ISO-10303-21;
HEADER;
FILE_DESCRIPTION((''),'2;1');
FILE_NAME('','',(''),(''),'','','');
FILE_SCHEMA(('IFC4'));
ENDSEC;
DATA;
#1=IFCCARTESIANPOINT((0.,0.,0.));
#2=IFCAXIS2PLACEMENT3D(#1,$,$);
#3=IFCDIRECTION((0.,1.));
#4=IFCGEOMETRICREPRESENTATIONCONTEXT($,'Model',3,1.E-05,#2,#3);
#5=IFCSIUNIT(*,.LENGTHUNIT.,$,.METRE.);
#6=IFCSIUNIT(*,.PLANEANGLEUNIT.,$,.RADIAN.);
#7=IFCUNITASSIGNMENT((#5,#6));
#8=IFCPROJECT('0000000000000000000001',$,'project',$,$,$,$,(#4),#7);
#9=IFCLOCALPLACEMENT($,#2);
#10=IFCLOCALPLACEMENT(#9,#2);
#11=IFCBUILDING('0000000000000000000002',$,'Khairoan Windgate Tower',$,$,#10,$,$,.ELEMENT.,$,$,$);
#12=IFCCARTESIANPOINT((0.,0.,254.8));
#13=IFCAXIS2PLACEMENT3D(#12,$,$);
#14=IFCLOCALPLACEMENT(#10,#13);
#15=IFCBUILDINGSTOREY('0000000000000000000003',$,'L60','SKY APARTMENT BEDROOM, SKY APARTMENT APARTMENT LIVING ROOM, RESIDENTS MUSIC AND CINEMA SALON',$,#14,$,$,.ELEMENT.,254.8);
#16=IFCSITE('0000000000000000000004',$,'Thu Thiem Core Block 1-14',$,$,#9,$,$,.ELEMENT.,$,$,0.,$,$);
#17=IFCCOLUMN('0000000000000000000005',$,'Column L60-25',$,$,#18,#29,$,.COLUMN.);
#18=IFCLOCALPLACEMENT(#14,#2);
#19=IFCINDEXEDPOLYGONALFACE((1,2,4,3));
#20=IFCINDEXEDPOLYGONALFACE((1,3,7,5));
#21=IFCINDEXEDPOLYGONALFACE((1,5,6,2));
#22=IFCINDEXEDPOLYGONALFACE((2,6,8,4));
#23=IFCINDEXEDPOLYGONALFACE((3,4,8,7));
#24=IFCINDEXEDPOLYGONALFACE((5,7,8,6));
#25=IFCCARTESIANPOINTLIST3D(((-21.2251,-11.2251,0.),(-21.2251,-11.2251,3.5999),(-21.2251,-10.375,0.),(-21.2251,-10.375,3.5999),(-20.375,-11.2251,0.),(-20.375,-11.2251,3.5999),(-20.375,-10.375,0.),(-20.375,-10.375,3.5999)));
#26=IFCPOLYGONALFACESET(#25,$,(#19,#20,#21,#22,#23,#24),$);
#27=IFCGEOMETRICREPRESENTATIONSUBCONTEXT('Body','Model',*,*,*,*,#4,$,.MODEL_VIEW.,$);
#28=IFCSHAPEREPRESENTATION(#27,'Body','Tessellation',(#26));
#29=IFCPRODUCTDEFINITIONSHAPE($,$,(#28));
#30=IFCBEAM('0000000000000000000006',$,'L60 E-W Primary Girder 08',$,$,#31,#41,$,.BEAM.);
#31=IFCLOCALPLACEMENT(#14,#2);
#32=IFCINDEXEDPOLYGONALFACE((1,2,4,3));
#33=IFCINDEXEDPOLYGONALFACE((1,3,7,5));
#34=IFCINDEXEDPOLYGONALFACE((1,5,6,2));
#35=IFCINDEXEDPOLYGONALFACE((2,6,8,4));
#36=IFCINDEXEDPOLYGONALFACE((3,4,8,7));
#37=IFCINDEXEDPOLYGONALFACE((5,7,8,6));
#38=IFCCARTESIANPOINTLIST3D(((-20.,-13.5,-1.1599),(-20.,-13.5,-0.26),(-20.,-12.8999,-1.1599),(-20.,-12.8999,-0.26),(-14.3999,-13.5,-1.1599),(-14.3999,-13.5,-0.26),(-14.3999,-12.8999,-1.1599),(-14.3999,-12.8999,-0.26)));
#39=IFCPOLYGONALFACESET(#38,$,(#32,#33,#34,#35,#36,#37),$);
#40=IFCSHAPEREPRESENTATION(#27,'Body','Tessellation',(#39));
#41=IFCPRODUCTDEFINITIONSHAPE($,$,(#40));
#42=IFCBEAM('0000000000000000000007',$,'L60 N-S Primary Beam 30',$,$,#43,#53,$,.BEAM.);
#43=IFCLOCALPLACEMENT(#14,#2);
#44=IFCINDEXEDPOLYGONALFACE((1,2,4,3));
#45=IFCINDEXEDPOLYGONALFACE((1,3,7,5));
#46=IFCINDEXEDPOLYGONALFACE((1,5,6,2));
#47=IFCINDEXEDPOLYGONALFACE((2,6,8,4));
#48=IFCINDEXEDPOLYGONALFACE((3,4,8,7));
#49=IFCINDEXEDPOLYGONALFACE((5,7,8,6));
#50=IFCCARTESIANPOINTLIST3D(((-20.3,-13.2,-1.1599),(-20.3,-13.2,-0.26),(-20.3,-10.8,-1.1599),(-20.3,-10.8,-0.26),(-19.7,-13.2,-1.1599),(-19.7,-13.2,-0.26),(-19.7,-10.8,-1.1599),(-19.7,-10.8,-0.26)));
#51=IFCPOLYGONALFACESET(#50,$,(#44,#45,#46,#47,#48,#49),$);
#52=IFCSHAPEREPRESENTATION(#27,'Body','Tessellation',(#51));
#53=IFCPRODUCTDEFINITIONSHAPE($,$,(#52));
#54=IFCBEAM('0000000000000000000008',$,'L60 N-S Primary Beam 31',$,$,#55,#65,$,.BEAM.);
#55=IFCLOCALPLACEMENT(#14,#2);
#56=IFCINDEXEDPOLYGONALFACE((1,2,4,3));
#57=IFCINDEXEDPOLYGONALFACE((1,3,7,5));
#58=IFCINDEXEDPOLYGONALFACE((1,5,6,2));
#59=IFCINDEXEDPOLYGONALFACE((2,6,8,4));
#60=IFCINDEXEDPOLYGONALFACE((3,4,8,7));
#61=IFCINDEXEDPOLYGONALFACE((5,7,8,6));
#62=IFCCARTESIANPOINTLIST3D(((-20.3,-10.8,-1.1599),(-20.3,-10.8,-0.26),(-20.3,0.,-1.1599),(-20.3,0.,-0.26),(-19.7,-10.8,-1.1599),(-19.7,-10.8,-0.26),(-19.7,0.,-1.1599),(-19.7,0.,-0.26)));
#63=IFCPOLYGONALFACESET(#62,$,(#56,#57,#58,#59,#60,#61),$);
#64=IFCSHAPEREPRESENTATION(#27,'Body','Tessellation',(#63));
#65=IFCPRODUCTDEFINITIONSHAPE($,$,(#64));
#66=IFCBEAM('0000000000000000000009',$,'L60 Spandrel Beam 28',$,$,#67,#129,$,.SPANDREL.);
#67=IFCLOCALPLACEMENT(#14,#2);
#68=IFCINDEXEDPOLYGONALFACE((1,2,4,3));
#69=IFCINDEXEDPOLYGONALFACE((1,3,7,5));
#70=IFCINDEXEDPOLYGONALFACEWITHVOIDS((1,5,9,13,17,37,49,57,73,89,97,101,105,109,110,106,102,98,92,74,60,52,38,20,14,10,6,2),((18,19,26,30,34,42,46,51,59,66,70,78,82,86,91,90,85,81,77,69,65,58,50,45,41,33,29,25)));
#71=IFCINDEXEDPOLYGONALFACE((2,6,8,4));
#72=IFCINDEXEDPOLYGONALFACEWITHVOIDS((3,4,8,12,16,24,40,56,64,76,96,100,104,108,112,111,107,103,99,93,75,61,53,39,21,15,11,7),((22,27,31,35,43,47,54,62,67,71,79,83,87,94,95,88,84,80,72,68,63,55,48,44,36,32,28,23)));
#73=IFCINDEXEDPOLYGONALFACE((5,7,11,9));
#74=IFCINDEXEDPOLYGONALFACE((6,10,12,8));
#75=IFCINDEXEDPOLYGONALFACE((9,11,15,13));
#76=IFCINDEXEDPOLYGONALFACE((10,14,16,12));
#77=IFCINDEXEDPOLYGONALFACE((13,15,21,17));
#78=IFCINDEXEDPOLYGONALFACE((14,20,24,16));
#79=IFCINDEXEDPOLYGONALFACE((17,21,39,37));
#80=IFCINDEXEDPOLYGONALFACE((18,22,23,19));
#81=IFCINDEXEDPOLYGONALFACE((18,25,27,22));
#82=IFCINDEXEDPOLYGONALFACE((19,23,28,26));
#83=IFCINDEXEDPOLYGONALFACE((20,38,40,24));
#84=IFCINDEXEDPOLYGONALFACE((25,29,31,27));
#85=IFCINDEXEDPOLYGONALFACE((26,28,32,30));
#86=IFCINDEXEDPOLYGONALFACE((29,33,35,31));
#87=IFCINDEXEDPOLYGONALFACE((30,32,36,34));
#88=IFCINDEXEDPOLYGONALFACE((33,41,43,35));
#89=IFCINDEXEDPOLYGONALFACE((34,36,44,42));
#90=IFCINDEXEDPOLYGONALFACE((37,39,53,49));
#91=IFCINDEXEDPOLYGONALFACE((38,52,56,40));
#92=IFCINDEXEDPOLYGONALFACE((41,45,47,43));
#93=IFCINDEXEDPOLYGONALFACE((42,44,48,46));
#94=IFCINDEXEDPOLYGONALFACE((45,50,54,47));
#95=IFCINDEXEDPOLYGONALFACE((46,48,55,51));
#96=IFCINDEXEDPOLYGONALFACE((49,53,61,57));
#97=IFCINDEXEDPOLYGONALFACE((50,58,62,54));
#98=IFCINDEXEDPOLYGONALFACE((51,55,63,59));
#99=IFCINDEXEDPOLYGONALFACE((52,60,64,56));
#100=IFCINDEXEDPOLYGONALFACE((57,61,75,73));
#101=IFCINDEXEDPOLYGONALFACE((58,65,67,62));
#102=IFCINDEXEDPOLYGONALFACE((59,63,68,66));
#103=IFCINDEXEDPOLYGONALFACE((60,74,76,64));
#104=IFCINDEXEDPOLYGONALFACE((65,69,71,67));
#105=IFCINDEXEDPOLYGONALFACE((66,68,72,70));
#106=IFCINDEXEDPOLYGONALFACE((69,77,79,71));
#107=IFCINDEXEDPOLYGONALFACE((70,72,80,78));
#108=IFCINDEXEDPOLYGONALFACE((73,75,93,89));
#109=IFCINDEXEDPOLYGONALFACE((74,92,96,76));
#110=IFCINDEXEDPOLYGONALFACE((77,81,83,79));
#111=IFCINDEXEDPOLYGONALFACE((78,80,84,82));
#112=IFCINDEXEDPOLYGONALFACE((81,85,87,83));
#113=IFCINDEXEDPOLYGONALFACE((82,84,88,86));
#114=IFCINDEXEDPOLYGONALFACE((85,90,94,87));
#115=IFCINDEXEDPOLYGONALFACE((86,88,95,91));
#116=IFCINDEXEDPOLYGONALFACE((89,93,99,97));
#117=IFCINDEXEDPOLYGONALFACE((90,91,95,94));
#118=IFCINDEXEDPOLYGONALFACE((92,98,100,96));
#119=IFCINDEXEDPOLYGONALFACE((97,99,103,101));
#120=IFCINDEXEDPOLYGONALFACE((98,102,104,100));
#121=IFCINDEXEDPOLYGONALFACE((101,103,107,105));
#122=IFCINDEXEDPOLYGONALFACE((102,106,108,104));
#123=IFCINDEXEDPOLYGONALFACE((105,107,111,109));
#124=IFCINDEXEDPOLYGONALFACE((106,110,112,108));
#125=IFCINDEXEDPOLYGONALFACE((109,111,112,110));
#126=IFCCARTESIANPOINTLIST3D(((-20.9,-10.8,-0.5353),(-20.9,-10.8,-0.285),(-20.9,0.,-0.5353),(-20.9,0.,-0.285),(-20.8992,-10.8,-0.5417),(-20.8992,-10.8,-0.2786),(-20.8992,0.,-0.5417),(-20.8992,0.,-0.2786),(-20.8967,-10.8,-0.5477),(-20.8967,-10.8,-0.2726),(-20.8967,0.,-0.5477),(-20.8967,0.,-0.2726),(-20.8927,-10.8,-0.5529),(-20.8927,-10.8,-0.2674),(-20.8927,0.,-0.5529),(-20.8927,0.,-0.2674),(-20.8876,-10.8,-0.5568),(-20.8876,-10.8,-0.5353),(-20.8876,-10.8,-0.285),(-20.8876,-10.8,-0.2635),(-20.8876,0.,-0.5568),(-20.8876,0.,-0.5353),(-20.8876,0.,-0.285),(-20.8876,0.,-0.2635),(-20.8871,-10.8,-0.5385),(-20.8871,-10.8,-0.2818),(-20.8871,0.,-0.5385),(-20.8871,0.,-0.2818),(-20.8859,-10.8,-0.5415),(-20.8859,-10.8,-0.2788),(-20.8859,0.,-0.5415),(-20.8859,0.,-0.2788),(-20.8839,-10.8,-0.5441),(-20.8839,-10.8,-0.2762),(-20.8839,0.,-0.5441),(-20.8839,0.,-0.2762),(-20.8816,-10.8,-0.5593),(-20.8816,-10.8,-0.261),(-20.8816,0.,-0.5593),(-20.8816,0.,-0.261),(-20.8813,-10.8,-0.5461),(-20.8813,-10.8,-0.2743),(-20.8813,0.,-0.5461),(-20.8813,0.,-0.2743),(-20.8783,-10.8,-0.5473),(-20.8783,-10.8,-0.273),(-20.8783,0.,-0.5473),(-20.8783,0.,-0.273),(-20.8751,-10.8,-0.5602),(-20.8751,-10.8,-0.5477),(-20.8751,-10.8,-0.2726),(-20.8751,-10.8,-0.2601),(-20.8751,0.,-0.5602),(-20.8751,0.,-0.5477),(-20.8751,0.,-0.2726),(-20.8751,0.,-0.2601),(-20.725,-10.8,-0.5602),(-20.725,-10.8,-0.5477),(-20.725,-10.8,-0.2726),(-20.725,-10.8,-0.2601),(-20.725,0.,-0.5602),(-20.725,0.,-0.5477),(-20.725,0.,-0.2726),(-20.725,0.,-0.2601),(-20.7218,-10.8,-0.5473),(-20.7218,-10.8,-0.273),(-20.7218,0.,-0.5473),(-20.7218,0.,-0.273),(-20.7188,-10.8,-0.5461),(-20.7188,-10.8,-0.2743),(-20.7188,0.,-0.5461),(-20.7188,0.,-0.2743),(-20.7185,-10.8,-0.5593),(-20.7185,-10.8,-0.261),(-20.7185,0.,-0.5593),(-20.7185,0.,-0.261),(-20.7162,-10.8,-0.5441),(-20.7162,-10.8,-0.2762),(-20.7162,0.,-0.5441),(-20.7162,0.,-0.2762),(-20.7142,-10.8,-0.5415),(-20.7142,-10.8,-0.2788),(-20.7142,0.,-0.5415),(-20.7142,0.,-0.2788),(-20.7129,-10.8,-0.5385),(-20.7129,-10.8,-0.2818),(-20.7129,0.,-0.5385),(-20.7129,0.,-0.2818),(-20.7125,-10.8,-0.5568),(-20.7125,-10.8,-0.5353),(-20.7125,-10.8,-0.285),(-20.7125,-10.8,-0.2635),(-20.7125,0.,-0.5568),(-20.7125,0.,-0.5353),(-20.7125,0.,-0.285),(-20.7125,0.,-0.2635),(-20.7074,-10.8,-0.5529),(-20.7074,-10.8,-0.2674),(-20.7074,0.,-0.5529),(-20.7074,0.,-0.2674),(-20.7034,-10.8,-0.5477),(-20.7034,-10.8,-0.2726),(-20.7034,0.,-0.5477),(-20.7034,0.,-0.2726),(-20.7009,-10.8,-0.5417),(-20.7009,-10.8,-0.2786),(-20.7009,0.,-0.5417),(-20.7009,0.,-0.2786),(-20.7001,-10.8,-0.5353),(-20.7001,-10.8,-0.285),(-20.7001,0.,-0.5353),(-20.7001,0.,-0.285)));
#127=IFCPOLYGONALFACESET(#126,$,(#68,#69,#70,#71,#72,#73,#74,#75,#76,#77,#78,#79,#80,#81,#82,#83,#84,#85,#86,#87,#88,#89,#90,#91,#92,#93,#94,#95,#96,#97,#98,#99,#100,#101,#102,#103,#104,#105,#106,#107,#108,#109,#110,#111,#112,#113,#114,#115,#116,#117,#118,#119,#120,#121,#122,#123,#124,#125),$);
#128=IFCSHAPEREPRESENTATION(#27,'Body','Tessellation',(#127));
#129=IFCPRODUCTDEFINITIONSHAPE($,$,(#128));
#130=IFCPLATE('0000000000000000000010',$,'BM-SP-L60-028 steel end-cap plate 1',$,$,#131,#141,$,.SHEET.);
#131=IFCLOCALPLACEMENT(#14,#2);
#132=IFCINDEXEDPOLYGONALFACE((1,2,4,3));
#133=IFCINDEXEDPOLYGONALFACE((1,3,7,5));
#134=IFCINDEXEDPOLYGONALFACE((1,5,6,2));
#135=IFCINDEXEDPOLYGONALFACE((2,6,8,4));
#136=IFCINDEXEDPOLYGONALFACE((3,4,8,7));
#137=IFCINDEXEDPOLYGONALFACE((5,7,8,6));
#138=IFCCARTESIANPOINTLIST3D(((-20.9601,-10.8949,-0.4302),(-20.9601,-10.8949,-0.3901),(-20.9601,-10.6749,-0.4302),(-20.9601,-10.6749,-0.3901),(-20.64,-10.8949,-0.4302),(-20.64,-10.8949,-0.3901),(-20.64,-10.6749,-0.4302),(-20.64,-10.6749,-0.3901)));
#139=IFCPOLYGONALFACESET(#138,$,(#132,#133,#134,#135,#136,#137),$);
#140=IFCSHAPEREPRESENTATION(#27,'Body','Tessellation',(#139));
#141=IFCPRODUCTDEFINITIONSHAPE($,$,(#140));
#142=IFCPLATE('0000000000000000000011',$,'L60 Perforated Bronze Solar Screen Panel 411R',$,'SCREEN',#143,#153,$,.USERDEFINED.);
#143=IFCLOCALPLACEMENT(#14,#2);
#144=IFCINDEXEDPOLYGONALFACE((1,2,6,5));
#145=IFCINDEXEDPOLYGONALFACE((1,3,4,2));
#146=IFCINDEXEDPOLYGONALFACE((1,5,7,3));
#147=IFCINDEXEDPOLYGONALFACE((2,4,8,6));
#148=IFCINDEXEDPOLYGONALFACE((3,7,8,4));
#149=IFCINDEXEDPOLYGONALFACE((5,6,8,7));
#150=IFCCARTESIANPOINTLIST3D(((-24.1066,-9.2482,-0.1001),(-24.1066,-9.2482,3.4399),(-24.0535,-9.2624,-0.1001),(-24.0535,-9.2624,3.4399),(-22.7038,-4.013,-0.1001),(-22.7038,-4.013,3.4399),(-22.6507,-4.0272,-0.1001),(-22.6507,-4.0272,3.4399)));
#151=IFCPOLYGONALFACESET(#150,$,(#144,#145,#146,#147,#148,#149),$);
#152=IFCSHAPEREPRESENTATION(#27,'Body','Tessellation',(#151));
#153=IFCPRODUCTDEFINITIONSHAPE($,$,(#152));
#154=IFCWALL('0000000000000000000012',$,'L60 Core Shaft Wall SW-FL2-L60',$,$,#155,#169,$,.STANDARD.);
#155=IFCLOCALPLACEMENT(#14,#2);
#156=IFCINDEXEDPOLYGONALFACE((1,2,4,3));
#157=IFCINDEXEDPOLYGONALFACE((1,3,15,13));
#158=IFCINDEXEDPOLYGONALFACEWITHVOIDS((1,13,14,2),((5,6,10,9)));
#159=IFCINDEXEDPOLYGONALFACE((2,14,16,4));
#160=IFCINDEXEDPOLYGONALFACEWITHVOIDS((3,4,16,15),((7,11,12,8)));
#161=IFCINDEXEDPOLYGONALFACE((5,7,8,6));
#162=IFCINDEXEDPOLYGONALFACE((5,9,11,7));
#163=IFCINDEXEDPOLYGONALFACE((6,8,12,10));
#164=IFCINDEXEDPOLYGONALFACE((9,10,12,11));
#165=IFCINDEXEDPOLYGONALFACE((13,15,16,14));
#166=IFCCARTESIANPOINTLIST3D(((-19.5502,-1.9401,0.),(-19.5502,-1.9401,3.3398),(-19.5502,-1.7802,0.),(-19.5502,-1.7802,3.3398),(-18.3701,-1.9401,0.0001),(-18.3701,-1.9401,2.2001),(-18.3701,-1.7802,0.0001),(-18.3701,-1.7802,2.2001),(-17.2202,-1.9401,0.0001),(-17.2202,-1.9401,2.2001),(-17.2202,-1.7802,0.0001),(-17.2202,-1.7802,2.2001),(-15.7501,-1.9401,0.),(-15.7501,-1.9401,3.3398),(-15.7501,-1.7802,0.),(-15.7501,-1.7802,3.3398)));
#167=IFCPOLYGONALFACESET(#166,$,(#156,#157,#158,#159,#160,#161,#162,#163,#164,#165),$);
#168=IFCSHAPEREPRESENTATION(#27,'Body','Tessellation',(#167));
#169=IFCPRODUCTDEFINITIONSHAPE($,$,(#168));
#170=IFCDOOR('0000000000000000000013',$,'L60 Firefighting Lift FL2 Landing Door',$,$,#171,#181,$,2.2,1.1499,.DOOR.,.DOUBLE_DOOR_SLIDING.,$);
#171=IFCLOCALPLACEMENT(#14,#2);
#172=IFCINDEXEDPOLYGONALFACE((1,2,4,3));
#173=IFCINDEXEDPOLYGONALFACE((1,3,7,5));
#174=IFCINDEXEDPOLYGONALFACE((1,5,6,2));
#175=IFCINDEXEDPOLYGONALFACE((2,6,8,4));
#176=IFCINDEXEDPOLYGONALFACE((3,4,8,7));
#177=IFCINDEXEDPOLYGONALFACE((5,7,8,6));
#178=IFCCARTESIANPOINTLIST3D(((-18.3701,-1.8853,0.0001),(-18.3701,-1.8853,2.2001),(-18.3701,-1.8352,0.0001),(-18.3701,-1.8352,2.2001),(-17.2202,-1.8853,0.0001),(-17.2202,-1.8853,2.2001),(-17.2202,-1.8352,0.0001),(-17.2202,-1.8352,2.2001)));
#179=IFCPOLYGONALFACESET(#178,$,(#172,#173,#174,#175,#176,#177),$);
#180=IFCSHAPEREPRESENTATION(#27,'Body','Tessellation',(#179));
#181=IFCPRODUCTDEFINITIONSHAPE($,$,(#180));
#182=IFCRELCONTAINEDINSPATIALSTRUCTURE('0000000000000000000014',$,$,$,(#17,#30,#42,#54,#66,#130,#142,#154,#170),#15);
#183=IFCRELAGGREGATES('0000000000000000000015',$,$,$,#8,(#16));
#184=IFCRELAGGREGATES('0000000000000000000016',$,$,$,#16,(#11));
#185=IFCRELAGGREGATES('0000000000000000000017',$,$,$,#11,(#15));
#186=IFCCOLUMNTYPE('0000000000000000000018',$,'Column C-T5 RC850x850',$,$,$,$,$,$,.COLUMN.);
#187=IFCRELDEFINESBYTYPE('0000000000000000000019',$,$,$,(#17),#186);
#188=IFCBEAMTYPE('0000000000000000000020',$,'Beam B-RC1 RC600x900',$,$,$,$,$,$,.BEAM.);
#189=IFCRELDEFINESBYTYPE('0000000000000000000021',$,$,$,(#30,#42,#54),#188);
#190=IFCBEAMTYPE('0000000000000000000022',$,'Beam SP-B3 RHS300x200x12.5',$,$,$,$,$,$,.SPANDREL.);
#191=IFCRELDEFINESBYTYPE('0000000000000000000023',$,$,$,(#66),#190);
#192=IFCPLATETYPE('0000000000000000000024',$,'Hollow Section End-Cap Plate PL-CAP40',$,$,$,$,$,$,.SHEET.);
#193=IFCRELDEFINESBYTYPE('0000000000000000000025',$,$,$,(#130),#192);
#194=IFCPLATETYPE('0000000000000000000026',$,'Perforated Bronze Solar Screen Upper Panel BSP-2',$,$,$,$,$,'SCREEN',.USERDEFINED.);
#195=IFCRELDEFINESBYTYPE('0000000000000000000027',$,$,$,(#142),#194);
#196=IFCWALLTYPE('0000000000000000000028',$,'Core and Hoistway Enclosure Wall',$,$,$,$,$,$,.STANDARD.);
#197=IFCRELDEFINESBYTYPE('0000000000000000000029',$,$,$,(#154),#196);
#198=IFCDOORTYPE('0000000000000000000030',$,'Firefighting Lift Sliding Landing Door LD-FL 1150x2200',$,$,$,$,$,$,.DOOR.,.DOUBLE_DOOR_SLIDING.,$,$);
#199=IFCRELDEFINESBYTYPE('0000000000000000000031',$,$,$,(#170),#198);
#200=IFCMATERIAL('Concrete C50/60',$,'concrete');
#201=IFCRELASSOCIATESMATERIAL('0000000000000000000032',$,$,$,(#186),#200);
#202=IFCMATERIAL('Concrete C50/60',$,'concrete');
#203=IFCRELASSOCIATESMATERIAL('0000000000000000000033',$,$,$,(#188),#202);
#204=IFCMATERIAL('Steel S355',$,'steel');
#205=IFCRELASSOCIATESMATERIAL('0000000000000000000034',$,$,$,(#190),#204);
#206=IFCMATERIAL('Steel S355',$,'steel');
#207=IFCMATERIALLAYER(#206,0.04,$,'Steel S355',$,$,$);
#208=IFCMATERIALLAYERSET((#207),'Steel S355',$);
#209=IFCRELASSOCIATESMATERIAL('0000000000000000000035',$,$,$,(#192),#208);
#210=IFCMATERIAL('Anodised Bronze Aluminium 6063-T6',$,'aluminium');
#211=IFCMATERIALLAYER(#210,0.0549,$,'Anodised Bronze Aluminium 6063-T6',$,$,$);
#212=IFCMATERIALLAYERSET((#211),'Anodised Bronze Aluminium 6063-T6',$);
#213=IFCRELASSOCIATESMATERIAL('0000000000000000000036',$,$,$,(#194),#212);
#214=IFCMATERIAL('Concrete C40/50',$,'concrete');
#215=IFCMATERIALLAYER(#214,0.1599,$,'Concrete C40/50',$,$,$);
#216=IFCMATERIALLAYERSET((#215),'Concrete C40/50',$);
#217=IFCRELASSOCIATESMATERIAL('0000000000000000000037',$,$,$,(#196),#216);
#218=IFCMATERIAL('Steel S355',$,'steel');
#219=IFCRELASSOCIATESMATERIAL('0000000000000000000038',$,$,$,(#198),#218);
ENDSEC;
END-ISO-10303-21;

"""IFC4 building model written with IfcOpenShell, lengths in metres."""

from ifc_helpers import new_model, si_unit, direction, frame, frame_2d, origin, origin_2d, place, context, subcontext, project, spatial, rectangle, hollow_rectangle, extrude, material, layer, layer_set, material_profile, profile_set, type_object, element, fill, save


model = new_model("IFC4")

# Units and contexts
model_context = context("Model", 3, precision=1e-05, world=origin(), true_north=direction((0.0, 1.0)))
body_context = subcontext(model_context, "Body", "Model", "MODEL_VIEW")
ifc_project = project(units=[si_unit("LENGTHUNIT", "METRE"), si_unit("PLANEANGLEUNIT", "RADIAN")], contexts=[model_context])

# Site, building, storey
site_placement = place(None, origin())
site = spatial("IfcSite", under=ifc_project, at=site_placement, Name="Thu Thiem Core Block 1-14", CompositionType="ELEMENT", RefElevation=0.0)
building_placement = place(site_placement, origin())
building = spatial("IfcBuilding", under=site, at=building_placement, Name="Khairoan Windgate Tower", CompositionType="ELEMENT")
storey_placement = place(building_placement, frame((0.0, 0.0, 254.8)))
storey = spatial("IfcBuildingStorey", under=building, at=storey_placement, Name="L60", Description="SKY APARTMENT BEDROOM, SKY APARTMENT APARTMENT LIVING ROOM, RESIDENTS MUSIC AND CINEMA SALON", CompositionType="ELEMENT", Elevation=254.8)

# Column
ifc_material_1 = material(Name="Concrete C50/60", Category="concrete")
ifc_material_profile_1 = material_profile(ifc_material_1, rectangle(XDim=0.8501, YDim=0.8501, at=origin_2d()))
ifc_profile_set_1 = profile_set([ifc_material_profile_1], Name="Concrete C50/60")
column_type = type_object("IfcColumnType", Name="Column C-T5 RC850x850", PredefinedType="COLUMN", material=ifc_profile_set_1)
column_placement = place(storey_placement, frame((-20.8, -10.8, 0.0), z_axis=(0.0, 0.0, 1.0), x_axis=(1.0, 0.0, 0.0)))
element("IfcColumn", 1, at=column_placement, inside=storey, type_object=column_type, Name="Column L60-25", PredefinedType="COLUMN", context=body_context, shape_type="SweptSolid", body=[
    extrude(rectangle(XDim=0.8501, YDim=0.8501, at=origin_2d()), origin(), (0.0, 0.0, 1.0), 3.5999),
])

# Beams
ifc_material_2 = material(Name="Concrete C50/60", Category="concrete")
ifc_material_profile_2 = material_profile(ifc_material_2, rectangle(XDim=0.6001, YDim=0.8999, at=origin_2d()))
ifc_profile_set_2 = profile_set([ifc_material_profile_2], Name="Concrete C50/60")
beam_type_1 = type_object("IfcBeamType", Name="Beam B-RC1 RC600x900", PredefinedType="BEAM", material=ifc_profile_set_2)
beam_1_placement = place(storey_placement, frame((-20.0, -13.2, -0.71), z_axis=(1.0, 0.0, 0.0), x_axis=(0.0, 1.0, 0.0)))
element("IfcBeam", 2, at=beam_1_placement, inside=storey, type_object=beam_type_1, Name="L60 E-W Primary Girder 08", PredefinedType="BEAM", context=body_context, shape_type="SweptSolid", body=[
    extrude(rectangle(XDim=0.6001, YDim=0.8999, at=origin_2d()), origin(), (0.0, 0.0, 1.0), 5.6001),
])
beam_2_placement = place(storey_placement, frame((-20.0, -13.2, -0.71), z_axis=(0.0, 1.0, 0.0), x_axis=(-1.0, 0.0, 0.0)))
element("IfcBeam", 3, at=beam_2_placement, inside=storey, type_object=beam_type_1, Name="L60 N-S Primary Beam 30", PredefinedType="BEAM", context=body_context, shape_type="SweptSolid", body=[
    extrude(rectangle(XDim=0.6001, YDim=0.8999, at=origin_2d()), origin(), (0.0, 0.0, 1.0), 2.3999),
])
beam_3_placement = place(storey_placement, frame((-20.0, -10.8, -0.71), z_axis=(0.0, 1.0, 0.0), x_axis=(-1.0, 0.0, 0.0)))
element("IfcBeam", 4, at=beam_3_placement, inside=storey, type_object=beam_type_1, Name="L60 N-S Primary Beam 31", PredefinedType="BEAM", context=body_context, shape_type="SweptSolid", body=[
    extrude(rectangle(XDim=0.6001, YDim=0.8999, at=origin_2d()), origin(), (0.0, 0.0, 1.0), 10.8),
])
ifc_material_3 = material(Name="Steel S355", Category="steel")
ifc_material_profile_3 = material_profile(ifc_material_3, hollow_rectangle(XDim=0.2, YDim=0.3, WallThickness=0.0125, InnerFilletRadius=0.0125, OuterFilletRadius=0.0249, at=origin_2d()))
ifc_profile_set_3 = profile_set([ifc_material_profile_3], Name="Steel S355")
beam_type_2 = type_object("IfcBeamType", Name="Beam SP-B3 RHS300x200x12.5", PredefinedType="SPANDREL", material=ifc_profile_set_3)
beam_4_placement = place(storey_placement, frame((-20.8, -10.8, -0.4102), z_axis=(0.0, 1.0, 0.0), x_axis=(-1.0, 0.0, 0.0)))
element("IfcBeam", 5, at=beam_4_placement, inside=storey, type_object=beam_type_2, Name="L60 Spandrel Beam 28", PredefinedType="SPANDREL", context=body_context, shape_type="SweptSolid", body=[
    extrude(hollow_rectangle(XDim=0.2, YDim=0.3, WallThickness=0.0125, InnerFilletRadius=0.0125, OuterFilletRadius=0.0249, at=origin_2d()), origin(), (0.0, 0.0, 1.0), 10.8),
])

# Plates
ifc_material_4 = material(Name="Steel S355", Category="steel")
ifc_layer_1 = layer(ifc_material_4, 0.04, Name="Steel S355")
ifc_layer_set_1 = layer_set([ifc_layer_1], Name="Steel S355")
plate_type_1 = type_object("IfcPlateType", Name="Hollow Section End-Cap Plate PL-CAP40", PredefinedType="SHEET", material=ifc_layer_set_1)
plate_1_placement = place(storey_placement, frame((-20.8, -10.7849, -0.4302), z_axis=(0.0, 0.0, 1.0), x_axis=(0.0, 1.0, 0.0)))
element("IfcPlate", 6, at=plate_1_placement, inside=storey, type_object=plate_type_1, Name="BM-SP-L60-028 steel end-cap plate 1", PredefinedType="SHEET", context=body_context, shape_type="SweptSolid", body=[
    extrude(rectangle(XDim=0.22, YDim=0.3201, at=origin_2d()), origin(), (0.0, 0.0, 1.0), 0.04),
])
ifc_material_5 = material(Name="Anodised Bronze Aluminium 6063-T6", Category="aluminium")
ifc_layer_2 = layer(ifc_material_5, 0.0549, Name="Anodised Bronze Aluminium 6063-T6")
ifc_layer_set_2 = layer_set([ifc_layer_2], Name="Anodised Bronze Aluminium 6063-T6")
plate_type_2 = type_object("IfcPlateType", Name="Perforated Bronze Solar Screen Upper Panel BSP-2", ElementType="SCREEN", PredefinedType="USERDEFINED", material=ifc_layer_set_2)
plate_2_placement = place(storey_placement, frame((-23.3787, -6.6377, -0.1001), z_axis=(0.0, 0.0, 1.0), x_axis=(0.258819, 0.965926, 0.0)))
element("IfcPlate", 7, at=plate_2_placement, inside=storey, type_object=plate_type_2, Name="L60 Perforated Bronze Solar Screen Panel 411R", ObjectType="SCREEN", PredefinedType="USERDEFINED", context=body_context, shape_type="SweptSolid", body=[
    extrude(rectangle(XDim=5.4199, YDim=0.0549, at=origin_2d()), origin(), (0.0, 0.0, 1.0), 3.54),
])

# Wall, opening, door
ifc_material_6 = material(Name="Concrete C40/50", Category="concrete")
ifc_layer_3 = layer(ifc_material_6, 0.1599, Name="Concrete C40/50")
ifc_layer_set_3 = layer_set([ifc_layer_3], Name="Concrete C40/50")
wall_type_1 = type_object("IfcWallType", Name="Core and Hoistway Enclosure Wall", PredefinedType="STANDARD", material=ifc_layer_set_3)
wall_1_placement = place(storey_placement, frame((-19.55, -1.8601, 0.0), z_axis=(0.0, 0.0, 1.0), x_axis=(1.0, 0.0, 0.0)))
wall_1 = element("IfcWall", 8, at=wall_1_placement, inside=storey, type_object=wall_type_1, Name="L60 Core Shaft Wall SW-FL2-L60", PredefinedType="STANDARD", context=body_context, shape_type="SweptSolid", body=[
    extrude(rectangle(XDim=3.8, YDim=0.1599, at=frame_2d((1.8999, 0.0))), origin(), (0.0, 0.0, 1.0), 3.3398),
])
opening_1_placement = place(wall_1_placement, frame((1.1799, 0.0, 0.0)))
opening_1 = element("IfcOpeningElement", 9, at=opening_1_placement, cuts=wall_1, PredefinedType="OPENING", context=body_context, shape_type="SweptSolid", body=[
    extrude(rectangle(XDim=1.1499, YDim=2.2, at=frame_2d((0.575, 1.1001))), frame((0.0, 0.0898, 0.0), z_axis=(0.0, -1.0, 0.0), x_axis=(1.0, 0.0, 0.0)), (0.0, 0.0, 1.0), 0.1799),
])
ifc_material_7 = material(Name="Steel S355", Category="steel")
door_type_1 = type_object("IfcDoorType", Name="Firefighting Lift Sliding Landing Door LD-FL 1150x2200", OperationType="DOUBLE_DOOR_SLIDING", PredefinedType="DOOR", material=ifc_material_7)
door_1_placement = place(opening_1_placement, origin())
door_1 = element("IfcDoor", 10, at=door_1_placement, inside=storey, type_object=door_type_1, Name="L60 Firefighting Lift FL2 Landing Door", OperationType="DOUBLE_DOOR_SLIDING", OverallHeight=2.2, OverallWidth=1.1499, PredefinedType="DOOR", context=body_context, shape_type="SweptSolid", body=[
    extrude(rectangle(XDim=1.1499, YDim=2.2, at=frame_2d((0.575, 1.1001))), frame((0.0, 0.0249, 0.0), z_axis=(0.0, -1.0, 0.0), x_axis=(1.0, 0.0, 0.0)), (0.0, 0.0, 1.0), 0.05),
])
fill(opening_1, door_1)

save(model, "model.ifc")
